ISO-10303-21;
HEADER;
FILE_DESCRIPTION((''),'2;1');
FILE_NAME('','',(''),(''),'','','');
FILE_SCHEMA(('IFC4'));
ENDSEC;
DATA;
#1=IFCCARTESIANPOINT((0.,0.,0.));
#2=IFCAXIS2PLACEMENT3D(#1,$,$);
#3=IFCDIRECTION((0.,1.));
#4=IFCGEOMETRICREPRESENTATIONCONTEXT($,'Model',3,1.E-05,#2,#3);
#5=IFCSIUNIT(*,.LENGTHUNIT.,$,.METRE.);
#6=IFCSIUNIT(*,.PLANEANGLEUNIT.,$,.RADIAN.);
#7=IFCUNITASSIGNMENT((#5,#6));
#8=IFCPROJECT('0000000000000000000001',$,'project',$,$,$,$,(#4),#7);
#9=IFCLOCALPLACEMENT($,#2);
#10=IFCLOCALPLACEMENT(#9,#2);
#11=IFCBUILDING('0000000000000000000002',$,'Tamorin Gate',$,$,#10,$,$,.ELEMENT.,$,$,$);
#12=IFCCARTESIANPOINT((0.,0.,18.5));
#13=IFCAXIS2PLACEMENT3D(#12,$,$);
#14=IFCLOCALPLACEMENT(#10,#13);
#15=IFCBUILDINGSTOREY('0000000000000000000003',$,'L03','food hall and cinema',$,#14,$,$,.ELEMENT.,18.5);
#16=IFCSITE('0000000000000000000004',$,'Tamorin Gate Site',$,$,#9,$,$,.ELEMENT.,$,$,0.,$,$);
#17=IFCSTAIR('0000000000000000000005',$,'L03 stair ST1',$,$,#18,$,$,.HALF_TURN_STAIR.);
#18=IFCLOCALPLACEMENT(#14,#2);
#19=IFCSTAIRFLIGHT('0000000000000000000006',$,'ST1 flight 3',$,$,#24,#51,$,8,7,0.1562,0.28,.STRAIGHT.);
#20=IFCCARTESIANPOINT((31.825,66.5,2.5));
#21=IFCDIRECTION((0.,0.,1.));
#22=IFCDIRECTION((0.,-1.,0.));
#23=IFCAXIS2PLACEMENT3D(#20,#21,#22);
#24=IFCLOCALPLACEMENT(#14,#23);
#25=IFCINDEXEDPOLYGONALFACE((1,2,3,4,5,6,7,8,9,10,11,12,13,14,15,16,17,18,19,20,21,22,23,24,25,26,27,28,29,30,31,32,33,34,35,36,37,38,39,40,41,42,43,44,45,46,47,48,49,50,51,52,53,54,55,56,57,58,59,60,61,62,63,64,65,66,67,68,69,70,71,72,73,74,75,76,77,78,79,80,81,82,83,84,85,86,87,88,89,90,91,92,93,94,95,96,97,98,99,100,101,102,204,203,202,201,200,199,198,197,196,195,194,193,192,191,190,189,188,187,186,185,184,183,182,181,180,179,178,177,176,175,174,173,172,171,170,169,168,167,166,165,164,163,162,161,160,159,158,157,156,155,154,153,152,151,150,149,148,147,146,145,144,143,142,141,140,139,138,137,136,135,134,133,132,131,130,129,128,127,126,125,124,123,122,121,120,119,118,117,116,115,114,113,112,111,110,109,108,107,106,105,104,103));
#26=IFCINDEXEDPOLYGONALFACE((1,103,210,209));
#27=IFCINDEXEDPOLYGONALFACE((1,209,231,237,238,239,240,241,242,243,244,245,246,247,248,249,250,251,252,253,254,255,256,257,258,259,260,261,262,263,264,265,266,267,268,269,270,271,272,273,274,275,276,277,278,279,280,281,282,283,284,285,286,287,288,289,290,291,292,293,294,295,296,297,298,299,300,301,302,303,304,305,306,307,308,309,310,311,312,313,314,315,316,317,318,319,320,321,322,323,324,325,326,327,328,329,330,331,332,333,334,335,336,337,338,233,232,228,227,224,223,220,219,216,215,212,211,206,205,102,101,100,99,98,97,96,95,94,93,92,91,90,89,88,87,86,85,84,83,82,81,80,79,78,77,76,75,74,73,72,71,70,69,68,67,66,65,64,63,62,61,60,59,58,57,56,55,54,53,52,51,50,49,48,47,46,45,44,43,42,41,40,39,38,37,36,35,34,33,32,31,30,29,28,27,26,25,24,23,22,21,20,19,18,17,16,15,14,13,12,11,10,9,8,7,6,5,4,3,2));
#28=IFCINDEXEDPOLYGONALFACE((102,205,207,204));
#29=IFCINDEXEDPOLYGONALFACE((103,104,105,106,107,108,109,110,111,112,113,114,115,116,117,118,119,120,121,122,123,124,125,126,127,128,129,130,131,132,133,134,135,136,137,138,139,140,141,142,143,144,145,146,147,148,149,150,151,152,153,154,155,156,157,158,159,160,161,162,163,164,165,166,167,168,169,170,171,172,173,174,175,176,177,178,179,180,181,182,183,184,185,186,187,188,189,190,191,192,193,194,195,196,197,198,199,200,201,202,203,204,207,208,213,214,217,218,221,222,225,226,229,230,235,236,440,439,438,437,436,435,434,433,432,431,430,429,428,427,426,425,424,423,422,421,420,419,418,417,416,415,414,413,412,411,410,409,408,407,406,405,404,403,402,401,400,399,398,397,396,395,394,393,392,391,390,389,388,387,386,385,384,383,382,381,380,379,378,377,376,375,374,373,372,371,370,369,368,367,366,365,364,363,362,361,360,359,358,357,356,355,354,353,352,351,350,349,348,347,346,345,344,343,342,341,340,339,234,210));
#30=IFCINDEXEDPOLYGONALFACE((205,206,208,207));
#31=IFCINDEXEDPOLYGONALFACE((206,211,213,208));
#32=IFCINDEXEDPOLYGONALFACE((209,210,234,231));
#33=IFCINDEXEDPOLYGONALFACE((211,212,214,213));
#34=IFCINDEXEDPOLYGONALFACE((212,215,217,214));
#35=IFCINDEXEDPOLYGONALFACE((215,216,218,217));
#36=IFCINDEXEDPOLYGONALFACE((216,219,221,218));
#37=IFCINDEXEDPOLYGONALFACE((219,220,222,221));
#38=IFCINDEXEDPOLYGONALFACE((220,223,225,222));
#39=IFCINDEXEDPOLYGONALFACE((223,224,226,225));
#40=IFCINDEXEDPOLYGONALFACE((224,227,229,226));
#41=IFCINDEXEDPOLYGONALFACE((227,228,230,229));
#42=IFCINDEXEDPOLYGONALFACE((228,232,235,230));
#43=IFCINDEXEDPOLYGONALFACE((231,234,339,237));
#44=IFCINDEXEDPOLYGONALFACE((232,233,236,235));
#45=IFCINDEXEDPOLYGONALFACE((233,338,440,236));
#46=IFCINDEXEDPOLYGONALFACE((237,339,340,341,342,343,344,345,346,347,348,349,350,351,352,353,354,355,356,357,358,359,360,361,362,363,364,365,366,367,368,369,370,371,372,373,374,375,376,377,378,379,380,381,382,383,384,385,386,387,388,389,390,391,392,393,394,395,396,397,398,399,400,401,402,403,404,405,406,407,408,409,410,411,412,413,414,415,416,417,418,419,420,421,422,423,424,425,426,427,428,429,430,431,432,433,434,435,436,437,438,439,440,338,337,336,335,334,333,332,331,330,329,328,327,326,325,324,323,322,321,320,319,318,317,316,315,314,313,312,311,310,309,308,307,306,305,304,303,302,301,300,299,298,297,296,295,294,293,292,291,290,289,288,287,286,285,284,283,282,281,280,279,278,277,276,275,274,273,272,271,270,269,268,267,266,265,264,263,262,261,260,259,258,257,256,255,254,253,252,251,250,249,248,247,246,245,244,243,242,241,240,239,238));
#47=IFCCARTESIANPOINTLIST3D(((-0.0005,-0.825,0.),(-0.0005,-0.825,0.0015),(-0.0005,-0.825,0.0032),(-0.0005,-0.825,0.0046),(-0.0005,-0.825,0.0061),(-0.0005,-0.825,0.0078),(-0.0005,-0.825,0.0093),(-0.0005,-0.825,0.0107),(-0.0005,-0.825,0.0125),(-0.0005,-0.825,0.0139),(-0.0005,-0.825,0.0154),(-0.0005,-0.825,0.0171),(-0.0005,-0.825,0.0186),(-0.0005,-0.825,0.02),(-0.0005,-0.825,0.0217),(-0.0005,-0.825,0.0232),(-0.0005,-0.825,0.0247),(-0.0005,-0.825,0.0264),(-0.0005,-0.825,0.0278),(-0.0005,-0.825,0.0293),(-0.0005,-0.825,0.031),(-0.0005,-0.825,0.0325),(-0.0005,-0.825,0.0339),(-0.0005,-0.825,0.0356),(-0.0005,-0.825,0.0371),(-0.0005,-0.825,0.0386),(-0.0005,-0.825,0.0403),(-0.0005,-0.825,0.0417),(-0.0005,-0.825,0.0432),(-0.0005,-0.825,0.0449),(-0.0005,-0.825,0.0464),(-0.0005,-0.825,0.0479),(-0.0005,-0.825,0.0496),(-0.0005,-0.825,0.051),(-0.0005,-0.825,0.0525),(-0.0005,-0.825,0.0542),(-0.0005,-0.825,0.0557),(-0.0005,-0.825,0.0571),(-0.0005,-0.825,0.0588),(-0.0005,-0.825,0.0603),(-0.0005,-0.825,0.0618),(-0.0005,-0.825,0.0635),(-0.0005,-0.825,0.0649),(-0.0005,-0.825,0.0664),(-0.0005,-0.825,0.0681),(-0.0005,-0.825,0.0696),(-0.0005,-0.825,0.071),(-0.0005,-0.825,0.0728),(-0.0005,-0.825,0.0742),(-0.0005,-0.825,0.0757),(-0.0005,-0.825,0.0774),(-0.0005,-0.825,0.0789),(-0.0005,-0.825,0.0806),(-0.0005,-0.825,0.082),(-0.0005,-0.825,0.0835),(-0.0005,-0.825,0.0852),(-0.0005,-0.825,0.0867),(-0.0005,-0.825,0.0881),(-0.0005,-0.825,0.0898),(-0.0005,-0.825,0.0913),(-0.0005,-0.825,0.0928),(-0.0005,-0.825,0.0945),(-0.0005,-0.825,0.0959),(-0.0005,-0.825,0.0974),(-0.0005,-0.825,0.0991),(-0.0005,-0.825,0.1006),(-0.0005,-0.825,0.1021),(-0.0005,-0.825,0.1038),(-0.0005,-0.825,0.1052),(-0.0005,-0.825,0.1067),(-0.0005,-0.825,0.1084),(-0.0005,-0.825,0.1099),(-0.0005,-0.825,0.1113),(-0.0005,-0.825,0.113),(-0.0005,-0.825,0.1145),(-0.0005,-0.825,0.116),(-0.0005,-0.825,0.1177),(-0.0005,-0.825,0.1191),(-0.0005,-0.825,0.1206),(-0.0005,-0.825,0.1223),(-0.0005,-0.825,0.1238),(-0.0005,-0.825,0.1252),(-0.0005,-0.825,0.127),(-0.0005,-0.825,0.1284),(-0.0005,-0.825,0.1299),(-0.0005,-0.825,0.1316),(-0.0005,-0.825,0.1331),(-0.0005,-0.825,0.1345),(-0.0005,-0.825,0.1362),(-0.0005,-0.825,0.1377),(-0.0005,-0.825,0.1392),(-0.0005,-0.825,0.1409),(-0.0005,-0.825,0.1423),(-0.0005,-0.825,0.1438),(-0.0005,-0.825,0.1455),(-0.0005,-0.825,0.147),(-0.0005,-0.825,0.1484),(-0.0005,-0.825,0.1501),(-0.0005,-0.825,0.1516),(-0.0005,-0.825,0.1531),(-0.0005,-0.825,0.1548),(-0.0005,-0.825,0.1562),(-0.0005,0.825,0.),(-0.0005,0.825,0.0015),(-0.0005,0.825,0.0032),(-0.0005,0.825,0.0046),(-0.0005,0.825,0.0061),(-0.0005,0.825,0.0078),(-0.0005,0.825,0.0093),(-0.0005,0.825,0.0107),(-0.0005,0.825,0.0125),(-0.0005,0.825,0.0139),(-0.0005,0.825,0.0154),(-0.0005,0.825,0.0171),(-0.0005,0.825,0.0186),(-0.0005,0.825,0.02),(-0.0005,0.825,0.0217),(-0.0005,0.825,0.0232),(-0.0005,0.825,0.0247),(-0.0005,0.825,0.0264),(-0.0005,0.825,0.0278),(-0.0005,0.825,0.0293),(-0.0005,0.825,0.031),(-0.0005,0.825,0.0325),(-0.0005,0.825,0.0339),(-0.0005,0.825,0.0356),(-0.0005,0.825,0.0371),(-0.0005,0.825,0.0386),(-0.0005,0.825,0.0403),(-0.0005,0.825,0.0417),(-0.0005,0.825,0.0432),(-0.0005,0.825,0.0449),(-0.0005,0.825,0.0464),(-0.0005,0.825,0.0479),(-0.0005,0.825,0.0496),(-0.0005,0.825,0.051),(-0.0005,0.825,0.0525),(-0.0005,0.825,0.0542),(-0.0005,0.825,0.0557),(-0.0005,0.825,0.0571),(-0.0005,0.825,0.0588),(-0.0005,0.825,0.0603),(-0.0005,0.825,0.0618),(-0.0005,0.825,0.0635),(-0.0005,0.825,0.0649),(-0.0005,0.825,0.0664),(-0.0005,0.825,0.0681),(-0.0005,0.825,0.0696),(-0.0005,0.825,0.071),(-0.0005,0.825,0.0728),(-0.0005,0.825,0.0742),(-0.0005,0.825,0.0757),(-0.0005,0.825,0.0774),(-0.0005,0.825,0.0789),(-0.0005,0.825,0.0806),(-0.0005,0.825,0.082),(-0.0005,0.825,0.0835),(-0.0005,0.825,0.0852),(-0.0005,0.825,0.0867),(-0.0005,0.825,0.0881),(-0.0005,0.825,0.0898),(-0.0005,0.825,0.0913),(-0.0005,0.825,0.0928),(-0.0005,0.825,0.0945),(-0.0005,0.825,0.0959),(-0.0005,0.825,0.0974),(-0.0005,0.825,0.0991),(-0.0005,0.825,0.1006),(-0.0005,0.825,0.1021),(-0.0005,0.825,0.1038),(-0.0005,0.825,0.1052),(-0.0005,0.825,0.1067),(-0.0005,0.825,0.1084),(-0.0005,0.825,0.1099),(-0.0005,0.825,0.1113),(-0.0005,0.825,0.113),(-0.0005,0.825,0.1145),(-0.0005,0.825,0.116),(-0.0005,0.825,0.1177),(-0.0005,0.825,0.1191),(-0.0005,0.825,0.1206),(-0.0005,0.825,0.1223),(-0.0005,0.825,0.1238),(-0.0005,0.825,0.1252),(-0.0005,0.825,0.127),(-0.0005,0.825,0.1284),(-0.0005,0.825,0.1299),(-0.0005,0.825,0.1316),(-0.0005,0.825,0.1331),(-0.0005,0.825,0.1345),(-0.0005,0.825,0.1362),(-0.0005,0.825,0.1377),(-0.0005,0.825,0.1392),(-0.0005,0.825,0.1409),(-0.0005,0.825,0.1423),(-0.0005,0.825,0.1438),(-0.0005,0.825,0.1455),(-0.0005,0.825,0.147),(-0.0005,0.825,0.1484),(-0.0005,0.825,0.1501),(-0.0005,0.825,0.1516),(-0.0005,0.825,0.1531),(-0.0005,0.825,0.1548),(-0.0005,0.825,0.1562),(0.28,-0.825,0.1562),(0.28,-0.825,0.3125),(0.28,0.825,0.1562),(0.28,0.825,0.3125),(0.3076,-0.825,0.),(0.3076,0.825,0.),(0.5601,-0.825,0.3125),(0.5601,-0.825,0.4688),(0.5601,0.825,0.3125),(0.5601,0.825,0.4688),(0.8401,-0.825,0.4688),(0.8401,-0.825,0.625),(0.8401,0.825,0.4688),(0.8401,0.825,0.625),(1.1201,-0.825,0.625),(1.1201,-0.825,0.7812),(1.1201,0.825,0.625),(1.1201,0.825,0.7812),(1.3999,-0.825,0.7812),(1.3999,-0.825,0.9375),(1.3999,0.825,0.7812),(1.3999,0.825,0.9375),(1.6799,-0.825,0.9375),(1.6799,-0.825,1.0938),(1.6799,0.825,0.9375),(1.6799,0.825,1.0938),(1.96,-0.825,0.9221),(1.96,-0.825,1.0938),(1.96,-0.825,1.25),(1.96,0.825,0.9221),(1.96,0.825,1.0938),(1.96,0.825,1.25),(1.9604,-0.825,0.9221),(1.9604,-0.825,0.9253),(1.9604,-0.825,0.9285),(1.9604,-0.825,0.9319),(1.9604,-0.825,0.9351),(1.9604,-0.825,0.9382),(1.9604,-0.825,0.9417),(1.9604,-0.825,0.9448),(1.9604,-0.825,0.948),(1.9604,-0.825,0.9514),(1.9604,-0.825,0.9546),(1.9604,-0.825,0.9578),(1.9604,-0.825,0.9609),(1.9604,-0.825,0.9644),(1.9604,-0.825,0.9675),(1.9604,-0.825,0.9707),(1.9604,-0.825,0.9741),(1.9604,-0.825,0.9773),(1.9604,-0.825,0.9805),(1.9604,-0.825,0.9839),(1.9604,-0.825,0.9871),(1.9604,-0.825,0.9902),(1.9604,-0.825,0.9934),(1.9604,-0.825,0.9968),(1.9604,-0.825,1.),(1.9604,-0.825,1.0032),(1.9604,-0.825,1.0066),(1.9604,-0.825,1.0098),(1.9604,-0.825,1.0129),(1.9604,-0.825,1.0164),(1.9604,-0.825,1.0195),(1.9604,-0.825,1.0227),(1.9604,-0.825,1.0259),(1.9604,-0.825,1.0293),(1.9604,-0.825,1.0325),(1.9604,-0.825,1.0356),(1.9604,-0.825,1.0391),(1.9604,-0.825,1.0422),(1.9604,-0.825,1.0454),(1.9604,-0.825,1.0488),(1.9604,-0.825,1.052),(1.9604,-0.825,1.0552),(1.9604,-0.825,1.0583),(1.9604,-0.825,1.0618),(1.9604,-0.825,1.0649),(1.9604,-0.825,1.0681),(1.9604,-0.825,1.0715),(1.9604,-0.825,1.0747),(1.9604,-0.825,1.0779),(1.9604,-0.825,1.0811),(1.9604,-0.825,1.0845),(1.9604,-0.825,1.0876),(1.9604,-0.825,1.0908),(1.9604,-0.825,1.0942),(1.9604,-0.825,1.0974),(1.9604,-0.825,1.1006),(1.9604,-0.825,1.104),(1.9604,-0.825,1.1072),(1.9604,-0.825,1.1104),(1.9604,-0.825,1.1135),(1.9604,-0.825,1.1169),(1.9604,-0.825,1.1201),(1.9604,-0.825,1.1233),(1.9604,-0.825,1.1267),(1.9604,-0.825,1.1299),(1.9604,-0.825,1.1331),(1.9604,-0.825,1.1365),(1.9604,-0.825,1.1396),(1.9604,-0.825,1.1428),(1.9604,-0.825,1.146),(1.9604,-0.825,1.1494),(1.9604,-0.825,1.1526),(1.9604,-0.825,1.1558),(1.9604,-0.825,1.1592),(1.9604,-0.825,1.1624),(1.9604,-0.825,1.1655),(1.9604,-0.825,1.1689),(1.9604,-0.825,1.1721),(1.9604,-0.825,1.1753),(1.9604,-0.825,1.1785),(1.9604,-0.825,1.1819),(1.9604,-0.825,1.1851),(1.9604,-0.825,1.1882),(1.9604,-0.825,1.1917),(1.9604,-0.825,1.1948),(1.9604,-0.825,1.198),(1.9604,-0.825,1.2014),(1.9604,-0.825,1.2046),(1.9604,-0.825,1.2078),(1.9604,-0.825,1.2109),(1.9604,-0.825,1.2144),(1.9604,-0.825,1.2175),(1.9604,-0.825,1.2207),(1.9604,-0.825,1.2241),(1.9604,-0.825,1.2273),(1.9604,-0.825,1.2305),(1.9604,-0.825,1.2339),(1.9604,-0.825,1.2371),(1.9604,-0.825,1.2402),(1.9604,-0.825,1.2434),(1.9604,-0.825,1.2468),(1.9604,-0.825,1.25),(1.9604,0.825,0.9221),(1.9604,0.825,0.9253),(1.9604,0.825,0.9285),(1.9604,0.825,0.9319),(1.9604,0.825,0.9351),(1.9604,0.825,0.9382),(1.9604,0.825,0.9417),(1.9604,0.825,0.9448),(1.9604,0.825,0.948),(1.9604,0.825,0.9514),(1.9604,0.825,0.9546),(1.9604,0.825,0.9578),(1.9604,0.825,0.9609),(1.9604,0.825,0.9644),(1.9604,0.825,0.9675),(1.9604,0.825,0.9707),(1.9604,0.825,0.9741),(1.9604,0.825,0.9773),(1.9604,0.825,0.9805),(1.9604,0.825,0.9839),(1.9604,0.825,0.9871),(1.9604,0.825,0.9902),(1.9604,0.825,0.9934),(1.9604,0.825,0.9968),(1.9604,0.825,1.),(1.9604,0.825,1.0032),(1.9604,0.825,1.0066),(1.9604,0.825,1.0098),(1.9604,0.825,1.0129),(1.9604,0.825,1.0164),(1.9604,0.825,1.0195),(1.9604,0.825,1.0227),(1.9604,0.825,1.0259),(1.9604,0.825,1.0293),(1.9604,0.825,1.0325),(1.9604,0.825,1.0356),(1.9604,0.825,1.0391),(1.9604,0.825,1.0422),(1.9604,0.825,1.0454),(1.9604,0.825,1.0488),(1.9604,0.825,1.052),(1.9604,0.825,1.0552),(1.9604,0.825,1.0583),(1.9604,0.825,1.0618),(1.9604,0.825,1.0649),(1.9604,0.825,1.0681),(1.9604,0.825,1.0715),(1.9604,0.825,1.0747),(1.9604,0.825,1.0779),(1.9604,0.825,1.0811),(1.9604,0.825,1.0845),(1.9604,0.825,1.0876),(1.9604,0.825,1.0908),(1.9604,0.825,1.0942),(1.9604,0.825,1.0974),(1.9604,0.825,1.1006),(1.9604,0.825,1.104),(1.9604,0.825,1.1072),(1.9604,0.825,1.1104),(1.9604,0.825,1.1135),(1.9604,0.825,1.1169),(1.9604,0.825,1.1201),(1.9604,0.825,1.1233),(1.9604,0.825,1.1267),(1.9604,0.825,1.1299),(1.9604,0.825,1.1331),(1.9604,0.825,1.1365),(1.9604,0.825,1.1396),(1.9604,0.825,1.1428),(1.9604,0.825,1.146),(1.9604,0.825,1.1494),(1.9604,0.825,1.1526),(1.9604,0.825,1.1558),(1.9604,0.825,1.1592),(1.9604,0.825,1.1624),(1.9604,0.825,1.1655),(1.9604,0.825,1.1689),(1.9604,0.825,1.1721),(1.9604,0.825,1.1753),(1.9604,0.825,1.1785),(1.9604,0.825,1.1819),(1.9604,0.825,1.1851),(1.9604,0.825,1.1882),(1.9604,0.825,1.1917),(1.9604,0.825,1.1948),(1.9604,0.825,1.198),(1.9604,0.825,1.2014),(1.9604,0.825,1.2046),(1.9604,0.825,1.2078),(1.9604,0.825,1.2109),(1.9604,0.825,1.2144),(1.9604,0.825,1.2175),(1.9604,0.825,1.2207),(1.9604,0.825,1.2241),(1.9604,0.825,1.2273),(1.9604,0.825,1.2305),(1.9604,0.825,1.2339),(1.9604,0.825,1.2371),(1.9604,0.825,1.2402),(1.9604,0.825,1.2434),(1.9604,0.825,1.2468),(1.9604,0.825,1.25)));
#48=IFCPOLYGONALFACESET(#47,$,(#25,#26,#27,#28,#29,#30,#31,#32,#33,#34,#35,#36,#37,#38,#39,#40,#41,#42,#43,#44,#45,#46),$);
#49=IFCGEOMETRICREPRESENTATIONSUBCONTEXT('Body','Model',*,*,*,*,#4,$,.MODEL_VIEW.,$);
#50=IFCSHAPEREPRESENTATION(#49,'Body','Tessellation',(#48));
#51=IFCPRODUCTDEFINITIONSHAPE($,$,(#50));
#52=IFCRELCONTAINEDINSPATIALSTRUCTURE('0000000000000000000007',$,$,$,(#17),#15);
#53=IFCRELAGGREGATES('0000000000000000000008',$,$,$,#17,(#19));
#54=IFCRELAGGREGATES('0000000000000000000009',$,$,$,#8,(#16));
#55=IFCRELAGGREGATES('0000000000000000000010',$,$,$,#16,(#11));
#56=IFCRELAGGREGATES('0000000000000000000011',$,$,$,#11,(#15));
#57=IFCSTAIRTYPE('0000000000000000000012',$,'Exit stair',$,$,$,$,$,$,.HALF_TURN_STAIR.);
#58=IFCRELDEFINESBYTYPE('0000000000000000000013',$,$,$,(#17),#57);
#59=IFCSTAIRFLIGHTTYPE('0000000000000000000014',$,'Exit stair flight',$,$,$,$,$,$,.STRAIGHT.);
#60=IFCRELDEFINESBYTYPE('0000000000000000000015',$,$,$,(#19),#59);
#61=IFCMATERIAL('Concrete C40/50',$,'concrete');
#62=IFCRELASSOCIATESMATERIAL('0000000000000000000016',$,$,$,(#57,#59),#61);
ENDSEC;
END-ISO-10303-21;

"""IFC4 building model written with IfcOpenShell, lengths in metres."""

from ifc_helpers import new_model, si_unit, direction, frame, origin, place, context, subcontext, project, spatial, polyline, outline, extrude, material, type_object, element, aggregate, save


model = new_model("IFC4")

# Units and contexts
model_context = context("Model", 3, precision=1e-05, world=origin(), true_north=direction((0.0, 1.0)))
body_context = subcontext(model_context, "Body", "Model", "MODEL_VIEW")
ifc_project = project(units=[si_unit("LENGTHUNIT", "METRE"), si_unit("PLANEANGLEUNIT", "RADIAN")], contexts=[model_context])

# Site, building, storey
site_placement = place(None, origin())
site = spatial("IfcSite", under=ifc_project, at=site_placement, Name="Tamorin Gate Site", CompositionType="ELEMENT", RefElevation=0.0)
building_placement = place(site_placement, origin())
building = spatial("IfcBuilding", under=site, at=building_placement, Name="Tamorin Gate", CompositionType="ELEMENT")
storey_placement = place(building_placement, frame((0.0, 0.0, 18.5)))
storey = spatial("IfcBuildingStorey", under=building, at=storey_placement, Name="L03", Description="food hall and cinema", CompositionType="ELEMENT", Elevation=18.5)

# Shared definitions
ifc_material_1 = material(Name="Concrete C40/50", Category="concrete")

# Stair, stair flight
stair_type = type_object("IfcStairType", Name="Exit stair", PredefinedType="HALF_TURN_STAIR", material=ifc_material_1)
stair_1_placement = place(storey_placement, origin())
stair_1 = element("IfcStair", 1, at=stair_1_placement, inside=storey, type_object=stair_type, Name="L03 stair ST1", PredefinedType="HALF_TURN_STAIR")
stair_flight_type = type_object("IfcStairFlightType", Name="Exit stair flight", PredefinedType="STRAIGHT", material=ifc_material_1)
stair_flight_1_placement = place(storey_placement, frame((31.825, 66.5, 2.5), z_axis=(0.0, 0.0, 1.0), x_axis=(0.0, -1.0, 0.0)))
stair_flight_1 = element("IfcStairFlight", 2, at=stair_flight_1_placement, type_object=stair_flight_type, Name="ST1 flight 3", NumberOfRisers=8, NumberOfTreads=7, PredefinedType="STRAIGHT", RiserHeight=0.1562, TreadLength=0.28, context=body_context, shape_type="SweptSolid", body=[
    extrude(outline(polyline([(-0.0005, 0.0), (-0.0005, 0.0015), (-0.0005, 0.0032), (-0.0005, 0.0046), (-0.0005, 0.0061), (-0.0005, 0.0078), (-0.0005, 0.0093), (-0.0005, 0.0107), (-0.0005, 0.0125), (-0.0005, 0.0139), (-0.0005, 0.0154), (-0.0005, 0.0171), (-0.0005, 0.0186), (-0.0005, 0.02), (-0.0005, 0.0217), (-0.0005, 0.0232), (-0.0005, 0.0247), (-0.0005, 0.0264), (-0.0005, 0.0278), (-0.0005, 0.0293), (-0.0005, 0.031), (-0.0005, 0.0325), (-0.0005, 0.0339), (-0.0005, 0.0356), (-0.0005, 0.0371), (-0.0005, 0.0386), (-0.0005, 0.0403), (-0.0005, 0.0417), (-0.0005, 0.0432), (-0.0005, 0.0449), (-0.0005, 0.0464), (-0.0005, 0.0479), (-0.0005, 0.0496), (-0.0005, 0.051), (-0.0005, 0.0525), (-0.0005, 0.0542), (-0.0005, 0.0557), (-0.0005, 0.0571), (-0.0005, 0.0588), (-0.0005, 0.0603), (-0.0005, 0.0618), (-0.0005, 0.0635), (-0.0005, 0.0649), (-0.0005, 0.0664), (-0.0005, 0.0681), (-0.0005, 0.0696), (-0.0005, 0.071), (-0.0005, 0.0728), (-0.0005, 0.0742), (-0.0005, 0.0757), (-0.0005, 0.0774), (-0.0005, 0.0789), (-0.0005, 0.0806), (-0.0005, 0.082), (-0.0005, 0.0835), (-0.0005, 0.0852), (-0.0005, 0.0867), (-0.0005, 0.0881), (-0.0005, 0.0898), (-0.0005, 0.0913), (-0.0005, 0.0928), (-0.0005, 0.0945), (-0.0005, 0.0959), (-0.0005, 0.0974), (-0.0005, 0.0991), (-0.0005, 0.1006), (-0.0005, 0.1021), (-0.0005, 0.1038), (-0.0005, 0.1052), (-0.0005, 0.1067), (-0.0005, 0.1084), (-0.0005, 0.1099), (-0.0005, 0.1113), (-0.0005, 0.113), (-0.0005, 0.1145), (-0.0005, 0.116), (-0.0005, 0.1177), (-0.0005, 0.1191), (-0.0005, 0.1206), (-0.0005, 0.1223), (-0.0005, 0.1238), (-0.0005, 0.1252), (-0.0005, 0.127), (-0.0005, 0.1284), (-0.0005, 0.1299), (-0.0005, 0.1316), (-0.0005, 0.1331), (-0.0005, 0.1345), (-0.0005, 0.1362), (-0.0005, 0.1377), (-0.0005, 0.1392), (-0.0005, 0.1409), (-0.0005, 0.1423), (-0.0005, 0.1438), (-0.0005, 0.1455), (-0.0005, 0.147), (-0.0005, 0.1484), (-0.0005, 0.1501), (-0.0005, 0.1516), (-0.0005, 0.1531), (-0.0005, 0.1548), (-0.0005, 0.1562), (0.28, 0.1562), (0.28, 0.3125), (0.5601, 0.3125), (0.5601, 0.4688), (0.8401, 0.4688), (0.8401, 0.625), (1.1201, 0.625), (1.1201, 0.7812), (1.3999, 0.7812), (1.3999, 0.9375), (1.6799, 0.9375), (1.6799, 1.0938), (1.96, 1.0938), (1.96, 1.25), (1.9604, 1.25), (1.9604, 1.2468), (1.9604, 1.2434), (1.9604, 1.2402), (1.9604, 1.2371), (1.9604, 1.2339), (1.9604, 1.2305), (1.9604, 1.2273), (1.9604, 1.2241), (1.9604, 1.2207), (1.9604, 1.2175), (1.9604, 1.2144), (1.9604, 1.2109), (1.9604, 1.2078), (1.9604, 1.2046), (1.9604, 1.2014), (1.9604, 1.198), (1.9604, 1.1948), (1.9604, 1.1917), (1.9604, 1.1882), (1.9604, 1.1851), (1.9604, 1.1819), (1.9604, 1.1785), (1.9604, 1.1753), (1.9604, 1.1721), (1.9604, 1.1689), (1.9604, 1.1655), (1.9604, 1.1624), (1.9604, 1.1592), (1.9604, 1.1558), (1.9604, 1.1526), (1.9604, 1.1494), (1.9604, 1.146), (1.9604, 1.1428), (1.9604, 1.1396), (1.9604, 1.1365), (1.9604, 1.1331), (1.9604, 1.1299), (1.9604, 1.1267), (1.9604, 1.1233), (1.9604, 1.1201), (1.9604, 1.1169), (1.9604, 1.1135), (1.9604, 1.1104), (1.9604, 1.1072), (1.9604, 1.104), (1.9604, 1.1006), (1.9604, 1.0974), (1.9604, 1.0942), (1.9604, 1.0908), (1.9604, 1.0876), (1.9604, 1.0845), (1.9604, 1.0811), (1.9604, 1.0779), (1.9604, 1.0747), (1.9604, 1.0715), (1.9604, 1.0681), (1.9604, 1.0649), (1.9604, 1.0618), (1.9604, 1.0583), (1.9604, 1.0552), (1.9604, 1.052), (1.9604, 1.0488), (1.9604, 1.0454), (1.9604, 1.0422), (1.9604, 1.0391), (1.9604, 1.0356), (1.9604, 1.0325), (1.9604, 1.0293), (1.9604, 1.0259), (1.9604, 1.0227), (1.9604, 1.0195), (1.9604, 1.0164), (1.9604, 1.0129), (1.9604, 1.0098), (1.9604, 1.0066), (1.9604, 1.0032), (1.9604, 1.0), (1.9604, 0.9968), (1.9604, 0.9934), (1.9604, 0.9902), (1.9604, 0.9871), (1.9604, 0.9839), (1.9604, 0.9805), (1.9604, 0.9773), (1.9604, 0.9741), (1.9604, 0.9707), (1.9604, 0.9675), (1.9604, 0.9644), (1.9604, 0.9609), (1.9604, 0.9578), (1.9604, 0.9546), (1.9604, 0.9514), (1.9604, 0.948), (1.9604, 0.9448), (1.9604, 0.9417), (1.9604, 0.9382), (1.9604, 0.9351), (1.9604, 0.9319), (1.9604, 0.9285), (1.9604, 0.9253), (1.9604, 0.9221), (1.96, 0.9221), (0.3076, 0.0), (-0.0005, 0.0)])), frame((0.0, 0.825, 0.0), z_axis=(0.0, -1.0, 0.0), x_axis=(1.0, 0.0, 0.0)), (0.0, 0.0, 1.0), 1.6499),
])
aggregate(stair_1, [stair_flight_1])

save(model, "model.ifc")
